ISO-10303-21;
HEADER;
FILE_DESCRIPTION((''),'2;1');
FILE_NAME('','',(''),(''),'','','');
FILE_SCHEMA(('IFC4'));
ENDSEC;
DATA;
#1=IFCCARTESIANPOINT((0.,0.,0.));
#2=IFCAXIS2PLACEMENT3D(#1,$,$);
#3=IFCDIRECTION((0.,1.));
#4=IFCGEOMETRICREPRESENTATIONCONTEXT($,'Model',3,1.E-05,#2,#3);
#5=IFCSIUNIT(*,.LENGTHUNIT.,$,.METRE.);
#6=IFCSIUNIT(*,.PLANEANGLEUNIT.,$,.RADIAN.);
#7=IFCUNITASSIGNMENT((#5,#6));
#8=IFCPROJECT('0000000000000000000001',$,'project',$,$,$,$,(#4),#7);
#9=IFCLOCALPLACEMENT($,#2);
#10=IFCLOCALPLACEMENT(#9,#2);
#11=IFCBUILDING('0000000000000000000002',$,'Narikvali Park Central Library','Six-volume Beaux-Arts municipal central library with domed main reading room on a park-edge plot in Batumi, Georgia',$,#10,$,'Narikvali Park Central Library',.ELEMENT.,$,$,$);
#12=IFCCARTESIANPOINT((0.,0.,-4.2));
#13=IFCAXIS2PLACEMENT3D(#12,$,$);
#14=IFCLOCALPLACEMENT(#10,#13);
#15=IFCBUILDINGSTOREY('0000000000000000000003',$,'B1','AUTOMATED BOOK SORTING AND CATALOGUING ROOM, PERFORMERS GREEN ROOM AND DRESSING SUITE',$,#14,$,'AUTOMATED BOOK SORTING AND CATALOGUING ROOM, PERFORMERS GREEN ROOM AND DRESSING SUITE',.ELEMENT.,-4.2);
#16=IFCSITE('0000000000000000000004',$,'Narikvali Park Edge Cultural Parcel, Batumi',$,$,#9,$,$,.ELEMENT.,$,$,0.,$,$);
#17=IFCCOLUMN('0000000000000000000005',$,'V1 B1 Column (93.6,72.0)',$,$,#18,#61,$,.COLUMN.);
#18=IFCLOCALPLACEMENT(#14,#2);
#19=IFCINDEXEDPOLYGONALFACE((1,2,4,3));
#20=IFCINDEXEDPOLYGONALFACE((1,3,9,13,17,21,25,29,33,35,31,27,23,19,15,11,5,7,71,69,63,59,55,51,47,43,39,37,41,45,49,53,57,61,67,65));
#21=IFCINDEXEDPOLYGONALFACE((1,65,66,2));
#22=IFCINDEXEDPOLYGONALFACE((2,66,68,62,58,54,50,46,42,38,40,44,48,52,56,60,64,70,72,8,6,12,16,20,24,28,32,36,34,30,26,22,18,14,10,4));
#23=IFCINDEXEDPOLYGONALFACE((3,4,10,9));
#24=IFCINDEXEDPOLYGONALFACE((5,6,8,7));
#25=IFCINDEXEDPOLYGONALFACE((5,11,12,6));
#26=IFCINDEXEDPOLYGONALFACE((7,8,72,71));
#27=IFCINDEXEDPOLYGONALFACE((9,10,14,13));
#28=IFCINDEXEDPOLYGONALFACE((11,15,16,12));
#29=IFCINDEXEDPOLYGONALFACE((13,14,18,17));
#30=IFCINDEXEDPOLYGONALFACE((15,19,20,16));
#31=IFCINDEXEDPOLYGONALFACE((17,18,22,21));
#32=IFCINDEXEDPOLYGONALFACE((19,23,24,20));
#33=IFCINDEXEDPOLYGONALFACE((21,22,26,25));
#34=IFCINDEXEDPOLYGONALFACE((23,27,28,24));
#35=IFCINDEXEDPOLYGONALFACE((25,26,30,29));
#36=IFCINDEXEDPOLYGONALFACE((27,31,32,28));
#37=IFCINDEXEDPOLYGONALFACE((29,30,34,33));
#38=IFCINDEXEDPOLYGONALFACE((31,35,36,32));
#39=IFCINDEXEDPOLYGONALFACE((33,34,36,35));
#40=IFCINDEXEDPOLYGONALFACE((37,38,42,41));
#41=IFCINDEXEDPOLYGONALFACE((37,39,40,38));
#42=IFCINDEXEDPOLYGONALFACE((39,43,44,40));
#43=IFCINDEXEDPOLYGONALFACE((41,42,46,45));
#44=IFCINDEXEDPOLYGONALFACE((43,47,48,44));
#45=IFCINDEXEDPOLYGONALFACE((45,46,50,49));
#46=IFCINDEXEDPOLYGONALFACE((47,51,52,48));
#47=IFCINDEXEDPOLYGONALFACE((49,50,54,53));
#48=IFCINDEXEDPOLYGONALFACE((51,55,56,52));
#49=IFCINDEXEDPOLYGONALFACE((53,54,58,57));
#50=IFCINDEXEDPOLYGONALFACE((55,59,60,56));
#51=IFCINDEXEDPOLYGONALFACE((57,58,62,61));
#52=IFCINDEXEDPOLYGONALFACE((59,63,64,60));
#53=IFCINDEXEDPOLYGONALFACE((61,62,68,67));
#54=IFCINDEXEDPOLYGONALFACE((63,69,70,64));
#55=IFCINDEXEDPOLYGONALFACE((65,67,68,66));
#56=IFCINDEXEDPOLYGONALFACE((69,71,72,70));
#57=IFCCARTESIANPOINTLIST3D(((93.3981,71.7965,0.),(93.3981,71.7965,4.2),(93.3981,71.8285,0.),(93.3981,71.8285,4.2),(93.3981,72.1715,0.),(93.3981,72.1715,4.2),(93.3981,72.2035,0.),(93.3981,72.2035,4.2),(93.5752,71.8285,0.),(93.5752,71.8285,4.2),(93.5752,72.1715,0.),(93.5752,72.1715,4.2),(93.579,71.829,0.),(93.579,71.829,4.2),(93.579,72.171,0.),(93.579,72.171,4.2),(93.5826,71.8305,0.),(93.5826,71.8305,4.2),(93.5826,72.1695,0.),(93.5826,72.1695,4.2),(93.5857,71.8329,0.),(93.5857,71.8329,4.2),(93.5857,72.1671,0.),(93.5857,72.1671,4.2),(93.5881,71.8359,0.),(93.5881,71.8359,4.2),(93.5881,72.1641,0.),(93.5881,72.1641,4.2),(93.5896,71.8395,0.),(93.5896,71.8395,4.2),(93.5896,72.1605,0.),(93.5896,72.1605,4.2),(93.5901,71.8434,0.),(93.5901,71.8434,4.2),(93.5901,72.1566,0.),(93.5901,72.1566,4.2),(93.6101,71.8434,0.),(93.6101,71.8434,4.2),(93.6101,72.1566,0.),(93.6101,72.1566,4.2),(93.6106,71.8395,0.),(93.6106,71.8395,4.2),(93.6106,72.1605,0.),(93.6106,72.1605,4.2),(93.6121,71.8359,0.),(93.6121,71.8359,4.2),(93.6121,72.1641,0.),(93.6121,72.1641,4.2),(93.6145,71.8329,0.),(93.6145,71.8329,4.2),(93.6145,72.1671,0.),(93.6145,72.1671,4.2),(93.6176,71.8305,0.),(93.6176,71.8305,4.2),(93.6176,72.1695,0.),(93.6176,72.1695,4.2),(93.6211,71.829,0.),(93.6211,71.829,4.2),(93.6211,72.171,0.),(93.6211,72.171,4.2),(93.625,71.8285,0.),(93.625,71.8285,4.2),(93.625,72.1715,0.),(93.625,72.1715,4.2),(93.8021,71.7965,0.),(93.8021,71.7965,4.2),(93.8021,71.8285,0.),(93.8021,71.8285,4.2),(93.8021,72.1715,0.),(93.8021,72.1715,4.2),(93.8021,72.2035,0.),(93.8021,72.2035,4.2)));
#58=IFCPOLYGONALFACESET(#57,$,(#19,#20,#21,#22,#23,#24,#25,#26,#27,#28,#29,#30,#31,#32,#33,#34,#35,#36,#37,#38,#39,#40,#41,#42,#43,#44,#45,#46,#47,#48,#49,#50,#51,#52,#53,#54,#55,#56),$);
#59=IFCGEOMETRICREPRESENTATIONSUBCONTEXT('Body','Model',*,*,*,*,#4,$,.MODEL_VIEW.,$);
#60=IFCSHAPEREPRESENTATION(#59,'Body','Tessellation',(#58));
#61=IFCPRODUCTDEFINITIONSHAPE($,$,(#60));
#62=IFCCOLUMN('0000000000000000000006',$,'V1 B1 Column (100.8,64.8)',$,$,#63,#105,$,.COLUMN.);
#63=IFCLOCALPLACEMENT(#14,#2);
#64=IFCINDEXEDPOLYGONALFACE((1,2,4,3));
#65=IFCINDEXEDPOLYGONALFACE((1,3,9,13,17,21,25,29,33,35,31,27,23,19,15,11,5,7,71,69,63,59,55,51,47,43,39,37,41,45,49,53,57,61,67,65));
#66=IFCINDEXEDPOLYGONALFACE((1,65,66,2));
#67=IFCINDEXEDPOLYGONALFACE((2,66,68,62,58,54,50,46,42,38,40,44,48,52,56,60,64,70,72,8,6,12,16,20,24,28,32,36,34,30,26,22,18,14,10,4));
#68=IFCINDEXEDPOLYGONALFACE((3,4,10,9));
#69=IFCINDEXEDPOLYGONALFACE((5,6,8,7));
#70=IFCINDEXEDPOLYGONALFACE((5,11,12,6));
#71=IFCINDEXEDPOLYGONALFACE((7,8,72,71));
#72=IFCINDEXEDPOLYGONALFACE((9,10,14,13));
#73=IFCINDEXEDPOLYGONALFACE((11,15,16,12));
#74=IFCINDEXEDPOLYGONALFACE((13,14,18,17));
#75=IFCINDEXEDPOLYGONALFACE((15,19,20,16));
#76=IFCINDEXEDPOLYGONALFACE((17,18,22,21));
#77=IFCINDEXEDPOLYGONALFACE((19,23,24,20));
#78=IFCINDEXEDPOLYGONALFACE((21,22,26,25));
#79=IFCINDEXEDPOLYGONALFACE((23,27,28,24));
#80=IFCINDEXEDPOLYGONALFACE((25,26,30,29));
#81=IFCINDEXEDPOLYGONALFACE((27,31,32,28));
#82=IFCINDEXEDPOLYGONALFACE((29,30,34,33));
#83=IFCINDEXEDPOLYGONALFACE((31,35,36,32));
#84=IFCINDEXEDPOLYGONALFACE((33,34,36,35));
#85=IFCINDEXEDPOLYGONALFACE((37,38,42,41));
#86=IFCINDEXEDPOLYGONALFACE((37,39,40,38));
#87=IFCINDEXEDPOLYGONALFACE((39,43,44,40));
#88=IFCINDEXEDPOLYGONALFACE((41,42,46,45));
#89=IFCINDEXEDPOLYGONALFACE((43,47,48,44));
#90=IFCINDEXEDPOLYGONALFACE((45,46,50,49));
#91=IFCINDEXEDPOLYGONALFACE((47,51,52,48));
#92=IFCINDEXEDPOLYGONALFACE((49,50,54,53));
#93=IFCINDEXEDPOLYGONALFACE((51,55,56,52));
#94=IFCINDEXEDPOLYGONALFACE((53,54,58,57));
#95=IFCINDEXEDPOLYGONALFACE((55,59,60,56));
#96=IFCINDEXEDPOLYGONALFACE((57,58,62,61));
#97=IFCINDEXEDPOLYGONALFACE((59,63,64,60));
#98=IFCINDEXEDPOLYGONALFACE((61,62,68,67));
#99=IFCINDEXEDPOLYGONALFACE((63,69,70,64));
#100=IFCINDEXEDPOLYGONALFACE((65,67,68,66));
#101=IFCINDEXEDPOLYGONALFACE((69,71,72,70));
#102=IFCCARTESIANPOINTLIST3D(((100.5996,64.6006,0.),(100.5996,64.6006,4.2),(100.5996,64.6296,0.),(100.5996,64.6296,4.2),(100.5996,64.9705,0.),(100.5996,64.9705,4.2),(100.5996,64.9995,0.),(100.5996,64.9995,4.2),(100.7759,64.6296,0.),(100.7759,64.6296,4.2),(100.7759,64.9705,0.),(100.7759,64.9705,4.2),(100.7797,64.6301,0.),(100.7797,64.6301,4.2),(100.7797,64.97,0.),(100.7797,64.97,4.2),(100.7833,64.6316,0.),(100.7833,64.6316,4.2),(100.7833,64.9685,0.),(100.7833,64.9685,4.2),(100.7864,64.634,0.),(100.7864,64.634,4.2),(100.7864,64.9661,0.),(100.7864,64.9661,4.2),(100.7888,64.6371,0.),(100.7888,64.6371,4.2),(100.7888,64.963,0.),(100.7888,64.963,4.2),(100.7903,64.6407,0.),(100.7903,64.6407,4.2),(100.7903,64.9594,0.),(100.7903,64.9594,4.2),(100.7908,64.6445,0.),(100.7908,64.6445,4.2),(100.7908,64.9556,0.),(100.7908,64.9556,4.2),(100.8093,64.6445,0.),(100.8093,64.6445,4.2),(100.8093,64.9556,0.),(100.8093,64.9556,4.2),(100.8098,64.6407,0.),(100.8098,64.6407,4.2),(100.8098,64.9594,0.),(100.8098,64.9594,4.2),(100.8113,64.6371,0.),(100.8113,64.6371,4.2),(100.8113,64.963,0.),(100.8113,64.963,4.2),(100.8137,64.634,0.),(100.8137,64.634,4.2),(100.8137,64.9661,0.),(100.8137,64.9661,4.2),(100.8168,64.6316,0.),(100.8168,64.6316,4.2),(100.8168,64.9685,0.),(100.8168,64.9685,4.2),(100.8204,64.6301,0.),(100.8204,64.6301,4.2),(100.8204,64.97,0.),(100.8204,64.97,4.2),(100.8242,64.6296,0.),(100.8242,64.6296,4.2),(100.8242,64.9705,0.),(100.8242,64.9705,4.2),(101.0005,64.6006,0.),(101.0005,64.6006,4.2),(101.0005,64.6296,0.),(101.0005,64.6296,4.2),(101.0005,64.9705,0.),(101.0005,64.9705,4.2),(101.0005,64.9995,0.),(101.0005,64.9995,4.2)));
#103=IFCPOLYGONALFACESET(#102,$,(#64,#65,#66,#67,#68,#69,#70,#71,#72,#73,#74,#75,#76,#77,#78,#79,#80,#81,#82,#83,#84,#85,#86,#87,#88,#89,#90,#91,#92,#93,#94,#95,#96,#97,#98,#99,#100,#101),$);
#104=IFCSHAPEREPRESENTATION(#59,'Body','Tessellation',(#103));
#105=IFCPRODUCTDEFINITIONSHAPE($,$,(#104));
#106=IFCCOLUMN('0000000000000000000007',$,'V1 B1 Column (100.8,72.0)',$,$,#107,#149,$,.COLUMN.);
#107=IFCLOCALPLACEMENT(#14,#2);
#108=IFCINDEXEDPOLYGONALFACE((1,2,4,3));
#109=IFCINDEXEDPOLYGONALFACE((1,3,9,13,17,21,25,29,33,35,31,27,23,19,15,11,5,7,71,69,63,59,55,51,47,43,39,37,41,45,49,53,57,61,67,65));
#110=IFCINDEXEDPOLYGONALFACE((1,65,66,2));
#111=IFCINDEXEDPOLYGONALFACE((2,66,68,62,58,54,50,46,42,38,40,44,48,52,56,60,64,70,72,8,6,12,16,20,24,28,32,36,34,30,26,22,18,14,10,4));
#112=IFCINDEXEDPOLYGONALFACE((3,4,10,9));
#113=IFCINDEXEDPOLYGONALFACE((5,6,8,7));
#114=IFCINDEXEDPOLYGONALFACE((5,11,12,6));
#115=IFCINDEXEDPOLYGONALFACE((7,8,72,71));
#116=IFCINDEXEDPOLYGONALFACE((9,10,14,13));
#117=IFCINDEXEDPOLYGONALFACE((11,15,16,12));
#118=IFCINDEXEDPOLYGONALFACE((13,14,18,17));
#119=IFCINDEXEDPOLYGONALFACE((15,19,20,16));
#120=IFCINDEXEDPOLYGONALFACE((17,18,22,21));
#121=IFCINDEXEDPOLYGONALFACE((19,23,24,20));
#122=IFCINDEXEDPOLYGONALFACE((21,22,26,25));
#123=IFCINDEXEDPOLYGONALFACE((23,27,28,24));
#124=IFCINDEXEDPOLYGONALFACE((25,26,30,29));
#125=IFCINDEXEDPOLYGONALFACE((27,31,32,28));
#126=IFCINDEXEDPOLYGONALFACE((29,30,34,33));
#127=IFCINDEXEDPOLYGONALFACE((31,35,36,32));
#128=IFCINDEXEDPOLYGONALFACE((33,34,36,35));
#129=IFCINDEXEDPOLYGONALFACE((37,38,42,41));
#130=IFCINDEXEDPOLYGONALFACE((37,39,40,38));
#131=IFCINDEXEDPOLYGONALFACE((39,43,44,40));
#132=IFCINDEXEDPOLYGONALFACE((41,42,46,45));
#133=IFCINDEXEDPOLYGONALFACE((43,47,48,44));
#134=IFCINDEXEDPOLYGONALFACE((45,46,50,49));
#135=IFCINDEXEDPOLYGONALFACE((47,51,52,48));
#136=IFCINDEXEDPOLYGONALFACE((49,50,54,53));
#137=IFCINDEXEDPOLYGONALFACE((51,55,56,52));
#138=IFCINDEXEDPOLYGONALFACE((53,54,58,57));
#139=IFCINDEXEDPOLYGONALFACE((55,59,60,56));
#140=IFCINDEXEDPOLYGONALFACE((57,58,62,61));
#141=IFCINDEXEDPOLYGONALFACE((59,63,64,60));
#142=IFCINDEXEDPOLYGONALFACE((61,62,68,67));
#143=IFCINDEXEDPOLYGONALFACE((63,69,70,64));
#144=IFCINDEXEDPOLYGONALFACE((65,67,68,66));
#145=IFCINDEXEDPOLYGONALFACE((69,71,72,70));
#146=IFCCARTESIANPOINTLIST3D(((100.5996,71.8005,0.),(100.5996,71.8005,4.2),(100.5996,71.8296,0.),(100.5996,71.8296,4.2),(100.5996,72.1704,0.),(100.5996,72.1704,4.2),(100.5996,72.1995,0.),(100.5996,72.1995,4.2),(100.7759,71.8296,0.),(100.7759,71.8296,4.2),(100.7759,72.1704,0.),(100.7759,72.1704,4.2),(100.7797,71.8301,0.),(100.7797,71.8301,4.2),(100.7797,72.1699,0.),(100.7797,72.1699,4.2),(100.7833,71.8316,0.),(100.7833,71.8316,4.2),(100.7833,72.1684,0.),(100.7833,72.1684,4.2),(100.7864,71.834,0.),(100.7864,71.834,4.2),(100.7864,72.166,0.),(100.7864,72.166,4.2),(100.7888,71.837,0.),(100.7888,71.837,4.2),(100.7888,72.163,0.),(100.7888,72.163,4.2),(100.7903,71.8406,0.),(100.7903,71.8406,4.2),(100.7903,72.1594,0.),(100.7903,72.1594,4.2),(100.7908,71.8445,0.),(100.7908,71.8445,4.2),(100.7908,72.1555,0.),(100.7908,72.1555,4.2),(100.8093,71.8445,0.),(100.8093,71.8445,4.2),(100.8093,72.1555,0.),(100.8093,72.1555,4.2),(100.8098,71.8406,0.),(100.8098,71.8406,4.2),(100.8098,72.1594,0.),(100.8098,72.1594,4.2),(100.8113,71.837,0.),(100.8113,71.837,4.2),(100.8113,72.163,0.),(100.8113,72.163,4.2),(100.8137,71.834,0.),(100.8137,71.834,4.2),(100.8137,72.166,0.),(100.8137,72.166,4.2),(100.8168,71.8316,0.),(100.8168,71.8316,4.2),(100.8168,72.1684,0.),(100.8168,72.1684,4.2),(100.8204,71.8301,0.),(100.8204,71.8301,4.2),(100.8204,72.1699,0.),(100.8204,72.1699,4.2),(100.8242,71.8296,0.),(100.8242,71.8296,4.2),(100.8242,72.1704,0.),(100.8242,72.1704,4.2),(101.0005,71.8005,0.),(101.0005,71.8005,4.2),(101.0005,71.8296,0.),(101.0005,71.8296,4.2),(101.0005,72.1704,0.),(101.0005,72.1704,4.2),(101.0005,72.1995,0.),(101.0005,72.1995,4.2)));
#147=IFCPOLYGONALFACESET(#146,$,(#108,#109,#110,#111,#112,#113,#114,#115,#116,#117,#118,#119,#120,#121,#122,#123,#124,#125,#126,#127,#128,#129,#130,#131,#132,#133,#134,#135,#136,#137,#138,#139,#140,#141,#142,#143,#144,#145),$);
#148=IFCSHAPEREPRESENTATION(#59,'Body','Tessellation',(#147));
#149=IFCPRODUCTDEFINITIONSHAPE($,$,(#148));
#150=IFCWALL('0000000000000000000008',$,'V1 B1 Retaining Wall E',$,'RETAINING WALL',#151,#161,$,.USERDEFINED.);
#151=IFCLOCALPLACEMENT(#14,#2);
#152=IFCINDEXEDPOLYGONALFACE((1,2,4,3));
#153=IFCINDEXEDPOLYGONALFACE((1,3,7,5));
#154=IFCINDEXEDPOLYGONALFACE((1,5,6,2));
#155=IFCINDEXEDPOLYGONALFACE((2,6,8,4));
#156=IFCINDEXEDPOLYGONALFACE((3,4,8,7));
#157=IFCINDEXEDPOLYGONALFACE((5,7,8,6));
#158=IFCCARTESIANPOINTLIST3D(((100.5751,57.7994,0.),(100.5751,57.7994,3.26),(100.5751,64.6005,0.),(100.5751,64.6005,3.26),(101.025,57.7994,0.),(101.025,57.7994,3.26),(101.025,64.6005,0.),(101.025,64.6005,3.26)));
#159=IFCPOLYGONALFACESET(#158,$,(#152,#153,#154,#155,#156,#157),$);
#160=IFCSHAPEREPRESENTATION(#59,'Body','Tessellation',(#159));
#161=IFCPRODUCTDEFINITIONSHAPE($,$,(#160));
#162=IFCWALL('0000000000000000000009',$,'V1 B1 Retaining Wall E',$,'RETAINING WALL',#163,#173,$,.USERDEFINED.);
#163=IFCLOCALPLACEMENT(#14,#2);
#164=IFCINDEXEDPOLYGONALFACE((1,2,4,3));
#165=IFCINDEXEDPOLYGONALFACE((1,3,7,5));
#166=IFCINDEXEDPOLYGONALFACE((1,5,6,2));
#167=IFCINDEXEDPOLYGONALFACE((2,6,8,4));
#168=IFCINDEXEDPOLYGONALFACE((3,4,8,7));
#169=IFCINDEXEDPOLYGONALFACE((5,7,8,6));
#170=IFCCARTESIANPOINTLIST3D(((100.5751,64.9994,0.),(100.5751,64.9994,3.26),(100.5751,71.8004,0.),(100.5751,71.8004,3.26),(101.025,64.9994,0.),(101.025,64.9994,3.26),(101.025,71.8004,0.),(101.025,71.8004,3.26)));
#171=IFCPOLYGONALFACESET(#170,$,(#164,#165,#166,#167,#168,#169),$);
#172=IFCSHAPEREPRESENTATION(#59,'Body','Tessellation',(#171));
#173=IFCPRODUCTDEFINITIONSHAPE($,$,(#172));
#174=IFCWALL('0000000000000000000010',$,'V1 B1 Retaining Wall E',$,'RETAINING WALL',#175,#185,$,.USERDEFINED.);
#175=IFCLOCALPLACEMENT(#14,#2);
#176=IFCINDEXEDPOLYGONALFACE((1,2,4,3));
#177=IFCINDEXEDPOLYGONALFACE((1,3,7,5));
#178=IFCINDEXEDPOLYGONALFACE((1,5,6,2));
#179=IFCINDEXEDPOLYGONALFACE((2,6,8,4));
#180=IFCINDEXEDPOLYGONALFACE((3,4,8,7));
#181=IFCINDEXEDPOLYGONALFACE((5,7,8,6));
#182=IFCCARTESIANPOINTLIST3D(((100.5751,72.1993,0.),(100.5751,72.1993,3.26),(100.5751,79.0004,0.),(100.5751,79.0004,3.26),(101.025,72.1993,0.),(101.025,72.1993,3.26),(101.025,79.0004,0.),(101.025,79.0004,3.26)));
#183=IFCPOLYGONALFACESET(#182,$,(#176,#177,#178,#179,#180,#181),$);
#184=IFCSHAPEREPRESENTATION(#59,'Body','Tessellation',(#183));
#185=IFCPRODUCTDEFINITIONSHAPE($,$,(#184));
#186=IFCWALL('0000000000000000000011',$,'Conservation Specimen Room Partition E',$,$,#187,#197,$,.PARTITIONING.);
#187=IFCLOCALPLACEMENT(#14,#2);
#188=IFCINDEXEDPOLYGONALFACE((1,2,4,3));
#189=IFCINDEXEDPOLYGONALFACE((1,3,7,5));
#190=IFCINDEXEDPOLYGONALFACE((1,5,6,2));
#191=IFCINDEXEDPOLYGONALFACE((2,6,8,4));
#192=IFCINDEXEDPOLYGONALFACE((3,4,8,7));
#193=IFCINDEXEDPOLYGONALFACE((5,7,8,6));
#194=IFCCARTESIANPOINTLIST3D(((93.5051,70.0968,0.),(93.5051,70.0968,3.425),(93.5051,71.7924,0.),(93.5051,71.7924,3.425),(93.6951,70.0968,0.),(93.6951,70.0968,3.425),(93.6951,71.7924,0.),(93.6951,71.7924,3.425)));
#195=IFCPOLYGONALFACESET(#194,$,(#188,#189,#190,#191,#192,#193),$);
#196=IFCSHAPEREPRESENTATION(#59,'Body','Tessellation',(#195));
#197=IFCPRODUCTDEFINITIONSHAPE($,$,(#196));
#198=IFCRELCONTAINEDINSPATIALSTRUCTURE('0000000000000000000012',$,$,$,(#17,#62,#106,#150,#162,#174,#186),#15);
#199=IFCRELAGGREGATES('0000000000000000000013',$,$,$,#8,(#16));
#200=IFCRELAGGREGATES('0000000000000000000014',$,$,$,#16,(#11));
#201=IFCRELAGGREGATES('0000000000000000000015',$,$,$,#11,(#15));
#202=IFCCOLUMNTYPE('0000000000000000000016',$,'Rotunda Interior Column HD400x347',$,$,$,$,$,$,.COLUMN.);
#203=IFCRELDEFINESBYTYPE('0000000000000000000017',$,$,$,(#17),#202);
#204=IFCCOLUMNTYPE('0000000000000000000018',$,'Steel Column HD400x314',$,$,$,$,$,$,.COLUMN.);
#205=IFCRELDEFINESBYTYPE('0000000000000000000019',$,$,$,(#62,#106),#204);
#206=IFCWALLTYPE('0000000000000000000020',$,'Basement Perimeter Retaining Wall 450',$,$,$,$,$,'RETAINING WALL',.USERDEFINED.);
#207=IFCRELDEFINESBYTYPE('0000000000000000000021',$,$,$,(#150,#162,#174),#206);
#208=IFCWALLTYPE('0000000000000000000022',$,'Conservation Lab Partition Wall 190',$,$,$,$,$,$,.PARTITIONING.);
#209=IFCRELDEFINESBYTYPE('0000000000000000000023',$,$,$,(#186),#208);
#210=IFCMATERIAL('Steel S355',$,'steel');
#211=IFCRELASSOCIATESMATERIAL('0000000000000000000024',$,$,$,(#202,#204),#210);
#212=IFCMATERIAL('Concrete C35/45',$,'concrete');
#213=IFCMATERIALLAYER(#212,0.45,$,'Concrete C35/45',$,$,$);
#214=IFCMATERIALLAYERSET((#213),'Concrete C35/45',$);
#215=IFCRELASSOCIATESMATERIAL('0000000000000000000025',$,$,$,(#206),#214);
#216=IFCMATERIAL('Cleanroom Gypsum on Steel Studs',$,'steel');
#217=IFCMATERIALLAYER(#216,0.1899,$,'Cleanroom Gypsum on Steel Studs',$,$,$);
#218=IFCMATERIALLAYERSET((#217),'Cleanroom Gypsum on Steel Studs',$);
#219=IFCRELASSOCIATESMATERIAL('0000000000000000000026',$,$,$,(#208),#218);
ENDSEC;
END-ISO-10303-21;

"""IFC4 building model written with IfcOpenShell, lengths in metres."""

from ifc_helpers import new_model, si_unit, direction, frame, frame_2d, origin, origin_2d, place, context, subcontext, project, spatial, rectangle, i_section, extrude, material, layer, layer_set, material_profile, profile_set, type_object, element, save


model = new_model("IFC4")

# Units and contexts
model_context = context("Model", 3, precision=1e-05, world=origin(), true_north=direction((0.0, 1.0)))
body_context = subcontext(model_context, "Body", "Model", "MODEL_VIEW")
ifc_project = project(units=[si_unit("LENGTHUNIT", "METRE"), si_unit("PLANEANGLEUNIT", "RADIAN")], contexts=[model_context])

# Site, building, storey
site_placement = place(None, origin())
site = spatial("IfcSite", under=ifc_project, at=site_placement, Name="Narikvali Park Edge Cultural Parcel, Batumi", CompositionType="ELEMENT", RefElevation=0.0)
building_placement = place(site_placement, origin())
building = spatial("IfcBuilding", under=site, at=building_placement, Name="Narikvali Park Central Library", Description="Six-volume Beaux-Arts municipal central library with domed main reading room on a park-edge plot in Batumi, Georgia", LongName="Narikvali Park Central Library", CompositionType="ELEMENT")
storey_placement = place(building_placement, frame((0.0, 0.0, -4.2)))
storey = spatial("IfcBuildingStorey", under=building, at=storey_placement, Name="B1", Description="AUTOMATED BOOK SORTING AND CATALOGUING ROOM, PERFORMERS GREEN ROOM AND DRESSING SUITE", LongName="AUTOMATED BOOK SORTING AND CATALOGUING ROOM, PERFORMERS GREEN ROOM AND DRESSING SUITE", CompositionType="ELEMENT", Elevation=-4.2)

# Shared definitions
ifc_material_1 = material(Name="Concrete C35/45", Category="concrete")

# Columns
ifc_material_2 = material(Name="Steel S355", Category="steel")
ifc_material_profile_1 = material_profile(ifc_material_2, i_section(OverallWidth=0.4041, OverallDepth=0.407, WebThickness=0.02, FlangeThickness=0.032, FilletRadius=0.0149, at=origin_2d()), Name="HD 400x347")
ifc_profile_set_1 = profile_set([ifc_material_profile_1], Name="Steel S355")
column_type_1 = type_object("IfcColumnType", Name="Rotunda Interior Column HD400x347", PredefinedType="COLUMN", material=ifc_profile_set_1)
for number, where, z_axis, x_axis, name in (
    (1, (93.6001, 72.0, 0.0), (0.0, 0.0, 1.0), (1.0, 0.0, 0.0), "V1 B1 Column (93.6,72.0)"),
):
    element("IfcColumn", number, at=place(storey_placement, frame(where, z_axis=z_axis, x_axis=x_axis)), inside=storey, type_object=column_type_1, Name=name, PredefinedType="COLUMN", context=body_context, shape_type="SweptSolid", body=[
        extrude(i_section(OverallWidth=0.4041, OverallDepth=0.407, WebThickness=0.02, FlangeThickness=0.032, FilletRadius=0.0149, at=origin_2d()), origin(), (0.0, 0.0, 1.0), 4.2),
    ])
ifc_material_profile_2 = material_profile(ifc_material_2, i_section(OverallWidth=0.4009, OverallDepth=0.3989, WebThickness=0.0186, FlangeThickness=0.0291, FilletRadius=0.0149, at=origin_2d()), Name="HD 400x314")
ifc_profile_set_2 = profile_set([ifc_material_profile_2], Name="Steel S355")
column_type_2 = type_object("IfcColumnType", Name="Steel Column HD400x314", PredefinedType="COLUMN", material=ifc_profile_set_2)
for number, where, z_axis, x_axis, name in (
    (2, (100.8, 64.8, 0.0), (0.0, 0.0, 1.0), (1.0, 0.0, 0.0), "V1 B1 Column (100.8,64.8)"),
    (3, (100.8, 72.0, 0.0), (0.0, 0.0, 1.0), (1.0, 0.0, 0.0), "V1 B1 Column (100.8,72.0)"),
):
    element("IfcColumn", number, at=place(storey_placement, frame(where, z_axis=z_axis, x_axis=x_axis)), inside=storey, type_object=column_type_2, Name=name, PredefinedType="COLUMN", context=body_context, shape_type="SweptSolid", body=[
        extrude(i_section(OverallWidth=0.4009, OverallDepth=0.3989, WebThickness=0.0186, FlangeThickness=0.0291, FilletRadius=0.0149, at=origin_2d()), origin(), (0.0, 0.0, 1.0), 4.2),
    ])

# Walls
ifc_layer_1 = layer(ifc_material_1, 0.45, Name="Concrete C35/45")
ifc_layer_set_1 = layer_set([ifc_layer_1], Name="Concrete C35/45")
wall_type_1 = type_object("IfcWallType", Name="Basement Perimeter Retaining Wall 450", ElementType="RETAINING WALL", PredefinedType="USERDEFINED", material=ifc_layer_set_1)
for number, where, z_axis, x_axis, name in (
    (4, (100.8, 57.7996, 0.0), (0.0, 0.0, 1.0), (0.0, 1.0, 0.0), "V1 B1 Retaining Wall E"),
    (5, (100.8, 64.9995, 0.0), (0.0, 0.0, 1.0), (0.0, 1.0, 0.0), "V1 B1 Retaining Wall E"),
    (6, (100.8, 72.1995, 0.0), (0.0, 0.0, 1.0), (0.0, 1.0, 0.0), "V1 B1 Retaining Wall E"),
):
    element("IfcWall", number, at=place(storey_placement, frame(where, z_axis=z_axis, x_axis=x_axis)), inside=storey, type_object=wall_type_1, Name=name, ObjectType="RETAINING WALL", PredefinedType="USERDEFINED", context=body_context, shape_type="SweptSolid", body=[
        extrude(rectangle(XDim=6.801, YDim=0.45, at=frame_2d((3.4004, 0.0))), origin(), (0.0, 0.0, 1.0), 3.26),
    ])
ifc_material_3 = material(Name="Cleanroom Gypsum on Steel Studs", Category="steel")
ifc_layer_2 = layer(ifc_material_3, 0.1899, Name="Cleanroom Gypsum on Steel Studs")
ifc_layer_set_2 = layer_set([ifc_layer_2], Name="Cleanroom Gypsum on Steel Studs")
wall_type_2 = type_object("IfcWallType", Name="Conservation Lab Partition Wall 190", PredefinedType="PARTITIONING", material=ifc_layer_set_2)
wall_1_placement = place(storey_placement, frame((93.6001, 70.0969, 0.0), z_axis=(0.0, 0.0, 1.0), x_axis=(0.0, 1.0, 0.0)))
element("IfcWall", 7, at=wall_1_placement, inside=storey, type_object=wall_type_2, Name="Conservation Specimen Room Partition E", PredefinedType="PARTITIONING", context=body_context, shape_type="SweptSolid", body=[
    extrude(rectangle(XDim=1.6956, YDim=0.1899, at=frame_2d((0.8477, 0.0))), origin(), (0.0, 0.0, 1.0), 3.425),
])

save(model, "model.ifc")
